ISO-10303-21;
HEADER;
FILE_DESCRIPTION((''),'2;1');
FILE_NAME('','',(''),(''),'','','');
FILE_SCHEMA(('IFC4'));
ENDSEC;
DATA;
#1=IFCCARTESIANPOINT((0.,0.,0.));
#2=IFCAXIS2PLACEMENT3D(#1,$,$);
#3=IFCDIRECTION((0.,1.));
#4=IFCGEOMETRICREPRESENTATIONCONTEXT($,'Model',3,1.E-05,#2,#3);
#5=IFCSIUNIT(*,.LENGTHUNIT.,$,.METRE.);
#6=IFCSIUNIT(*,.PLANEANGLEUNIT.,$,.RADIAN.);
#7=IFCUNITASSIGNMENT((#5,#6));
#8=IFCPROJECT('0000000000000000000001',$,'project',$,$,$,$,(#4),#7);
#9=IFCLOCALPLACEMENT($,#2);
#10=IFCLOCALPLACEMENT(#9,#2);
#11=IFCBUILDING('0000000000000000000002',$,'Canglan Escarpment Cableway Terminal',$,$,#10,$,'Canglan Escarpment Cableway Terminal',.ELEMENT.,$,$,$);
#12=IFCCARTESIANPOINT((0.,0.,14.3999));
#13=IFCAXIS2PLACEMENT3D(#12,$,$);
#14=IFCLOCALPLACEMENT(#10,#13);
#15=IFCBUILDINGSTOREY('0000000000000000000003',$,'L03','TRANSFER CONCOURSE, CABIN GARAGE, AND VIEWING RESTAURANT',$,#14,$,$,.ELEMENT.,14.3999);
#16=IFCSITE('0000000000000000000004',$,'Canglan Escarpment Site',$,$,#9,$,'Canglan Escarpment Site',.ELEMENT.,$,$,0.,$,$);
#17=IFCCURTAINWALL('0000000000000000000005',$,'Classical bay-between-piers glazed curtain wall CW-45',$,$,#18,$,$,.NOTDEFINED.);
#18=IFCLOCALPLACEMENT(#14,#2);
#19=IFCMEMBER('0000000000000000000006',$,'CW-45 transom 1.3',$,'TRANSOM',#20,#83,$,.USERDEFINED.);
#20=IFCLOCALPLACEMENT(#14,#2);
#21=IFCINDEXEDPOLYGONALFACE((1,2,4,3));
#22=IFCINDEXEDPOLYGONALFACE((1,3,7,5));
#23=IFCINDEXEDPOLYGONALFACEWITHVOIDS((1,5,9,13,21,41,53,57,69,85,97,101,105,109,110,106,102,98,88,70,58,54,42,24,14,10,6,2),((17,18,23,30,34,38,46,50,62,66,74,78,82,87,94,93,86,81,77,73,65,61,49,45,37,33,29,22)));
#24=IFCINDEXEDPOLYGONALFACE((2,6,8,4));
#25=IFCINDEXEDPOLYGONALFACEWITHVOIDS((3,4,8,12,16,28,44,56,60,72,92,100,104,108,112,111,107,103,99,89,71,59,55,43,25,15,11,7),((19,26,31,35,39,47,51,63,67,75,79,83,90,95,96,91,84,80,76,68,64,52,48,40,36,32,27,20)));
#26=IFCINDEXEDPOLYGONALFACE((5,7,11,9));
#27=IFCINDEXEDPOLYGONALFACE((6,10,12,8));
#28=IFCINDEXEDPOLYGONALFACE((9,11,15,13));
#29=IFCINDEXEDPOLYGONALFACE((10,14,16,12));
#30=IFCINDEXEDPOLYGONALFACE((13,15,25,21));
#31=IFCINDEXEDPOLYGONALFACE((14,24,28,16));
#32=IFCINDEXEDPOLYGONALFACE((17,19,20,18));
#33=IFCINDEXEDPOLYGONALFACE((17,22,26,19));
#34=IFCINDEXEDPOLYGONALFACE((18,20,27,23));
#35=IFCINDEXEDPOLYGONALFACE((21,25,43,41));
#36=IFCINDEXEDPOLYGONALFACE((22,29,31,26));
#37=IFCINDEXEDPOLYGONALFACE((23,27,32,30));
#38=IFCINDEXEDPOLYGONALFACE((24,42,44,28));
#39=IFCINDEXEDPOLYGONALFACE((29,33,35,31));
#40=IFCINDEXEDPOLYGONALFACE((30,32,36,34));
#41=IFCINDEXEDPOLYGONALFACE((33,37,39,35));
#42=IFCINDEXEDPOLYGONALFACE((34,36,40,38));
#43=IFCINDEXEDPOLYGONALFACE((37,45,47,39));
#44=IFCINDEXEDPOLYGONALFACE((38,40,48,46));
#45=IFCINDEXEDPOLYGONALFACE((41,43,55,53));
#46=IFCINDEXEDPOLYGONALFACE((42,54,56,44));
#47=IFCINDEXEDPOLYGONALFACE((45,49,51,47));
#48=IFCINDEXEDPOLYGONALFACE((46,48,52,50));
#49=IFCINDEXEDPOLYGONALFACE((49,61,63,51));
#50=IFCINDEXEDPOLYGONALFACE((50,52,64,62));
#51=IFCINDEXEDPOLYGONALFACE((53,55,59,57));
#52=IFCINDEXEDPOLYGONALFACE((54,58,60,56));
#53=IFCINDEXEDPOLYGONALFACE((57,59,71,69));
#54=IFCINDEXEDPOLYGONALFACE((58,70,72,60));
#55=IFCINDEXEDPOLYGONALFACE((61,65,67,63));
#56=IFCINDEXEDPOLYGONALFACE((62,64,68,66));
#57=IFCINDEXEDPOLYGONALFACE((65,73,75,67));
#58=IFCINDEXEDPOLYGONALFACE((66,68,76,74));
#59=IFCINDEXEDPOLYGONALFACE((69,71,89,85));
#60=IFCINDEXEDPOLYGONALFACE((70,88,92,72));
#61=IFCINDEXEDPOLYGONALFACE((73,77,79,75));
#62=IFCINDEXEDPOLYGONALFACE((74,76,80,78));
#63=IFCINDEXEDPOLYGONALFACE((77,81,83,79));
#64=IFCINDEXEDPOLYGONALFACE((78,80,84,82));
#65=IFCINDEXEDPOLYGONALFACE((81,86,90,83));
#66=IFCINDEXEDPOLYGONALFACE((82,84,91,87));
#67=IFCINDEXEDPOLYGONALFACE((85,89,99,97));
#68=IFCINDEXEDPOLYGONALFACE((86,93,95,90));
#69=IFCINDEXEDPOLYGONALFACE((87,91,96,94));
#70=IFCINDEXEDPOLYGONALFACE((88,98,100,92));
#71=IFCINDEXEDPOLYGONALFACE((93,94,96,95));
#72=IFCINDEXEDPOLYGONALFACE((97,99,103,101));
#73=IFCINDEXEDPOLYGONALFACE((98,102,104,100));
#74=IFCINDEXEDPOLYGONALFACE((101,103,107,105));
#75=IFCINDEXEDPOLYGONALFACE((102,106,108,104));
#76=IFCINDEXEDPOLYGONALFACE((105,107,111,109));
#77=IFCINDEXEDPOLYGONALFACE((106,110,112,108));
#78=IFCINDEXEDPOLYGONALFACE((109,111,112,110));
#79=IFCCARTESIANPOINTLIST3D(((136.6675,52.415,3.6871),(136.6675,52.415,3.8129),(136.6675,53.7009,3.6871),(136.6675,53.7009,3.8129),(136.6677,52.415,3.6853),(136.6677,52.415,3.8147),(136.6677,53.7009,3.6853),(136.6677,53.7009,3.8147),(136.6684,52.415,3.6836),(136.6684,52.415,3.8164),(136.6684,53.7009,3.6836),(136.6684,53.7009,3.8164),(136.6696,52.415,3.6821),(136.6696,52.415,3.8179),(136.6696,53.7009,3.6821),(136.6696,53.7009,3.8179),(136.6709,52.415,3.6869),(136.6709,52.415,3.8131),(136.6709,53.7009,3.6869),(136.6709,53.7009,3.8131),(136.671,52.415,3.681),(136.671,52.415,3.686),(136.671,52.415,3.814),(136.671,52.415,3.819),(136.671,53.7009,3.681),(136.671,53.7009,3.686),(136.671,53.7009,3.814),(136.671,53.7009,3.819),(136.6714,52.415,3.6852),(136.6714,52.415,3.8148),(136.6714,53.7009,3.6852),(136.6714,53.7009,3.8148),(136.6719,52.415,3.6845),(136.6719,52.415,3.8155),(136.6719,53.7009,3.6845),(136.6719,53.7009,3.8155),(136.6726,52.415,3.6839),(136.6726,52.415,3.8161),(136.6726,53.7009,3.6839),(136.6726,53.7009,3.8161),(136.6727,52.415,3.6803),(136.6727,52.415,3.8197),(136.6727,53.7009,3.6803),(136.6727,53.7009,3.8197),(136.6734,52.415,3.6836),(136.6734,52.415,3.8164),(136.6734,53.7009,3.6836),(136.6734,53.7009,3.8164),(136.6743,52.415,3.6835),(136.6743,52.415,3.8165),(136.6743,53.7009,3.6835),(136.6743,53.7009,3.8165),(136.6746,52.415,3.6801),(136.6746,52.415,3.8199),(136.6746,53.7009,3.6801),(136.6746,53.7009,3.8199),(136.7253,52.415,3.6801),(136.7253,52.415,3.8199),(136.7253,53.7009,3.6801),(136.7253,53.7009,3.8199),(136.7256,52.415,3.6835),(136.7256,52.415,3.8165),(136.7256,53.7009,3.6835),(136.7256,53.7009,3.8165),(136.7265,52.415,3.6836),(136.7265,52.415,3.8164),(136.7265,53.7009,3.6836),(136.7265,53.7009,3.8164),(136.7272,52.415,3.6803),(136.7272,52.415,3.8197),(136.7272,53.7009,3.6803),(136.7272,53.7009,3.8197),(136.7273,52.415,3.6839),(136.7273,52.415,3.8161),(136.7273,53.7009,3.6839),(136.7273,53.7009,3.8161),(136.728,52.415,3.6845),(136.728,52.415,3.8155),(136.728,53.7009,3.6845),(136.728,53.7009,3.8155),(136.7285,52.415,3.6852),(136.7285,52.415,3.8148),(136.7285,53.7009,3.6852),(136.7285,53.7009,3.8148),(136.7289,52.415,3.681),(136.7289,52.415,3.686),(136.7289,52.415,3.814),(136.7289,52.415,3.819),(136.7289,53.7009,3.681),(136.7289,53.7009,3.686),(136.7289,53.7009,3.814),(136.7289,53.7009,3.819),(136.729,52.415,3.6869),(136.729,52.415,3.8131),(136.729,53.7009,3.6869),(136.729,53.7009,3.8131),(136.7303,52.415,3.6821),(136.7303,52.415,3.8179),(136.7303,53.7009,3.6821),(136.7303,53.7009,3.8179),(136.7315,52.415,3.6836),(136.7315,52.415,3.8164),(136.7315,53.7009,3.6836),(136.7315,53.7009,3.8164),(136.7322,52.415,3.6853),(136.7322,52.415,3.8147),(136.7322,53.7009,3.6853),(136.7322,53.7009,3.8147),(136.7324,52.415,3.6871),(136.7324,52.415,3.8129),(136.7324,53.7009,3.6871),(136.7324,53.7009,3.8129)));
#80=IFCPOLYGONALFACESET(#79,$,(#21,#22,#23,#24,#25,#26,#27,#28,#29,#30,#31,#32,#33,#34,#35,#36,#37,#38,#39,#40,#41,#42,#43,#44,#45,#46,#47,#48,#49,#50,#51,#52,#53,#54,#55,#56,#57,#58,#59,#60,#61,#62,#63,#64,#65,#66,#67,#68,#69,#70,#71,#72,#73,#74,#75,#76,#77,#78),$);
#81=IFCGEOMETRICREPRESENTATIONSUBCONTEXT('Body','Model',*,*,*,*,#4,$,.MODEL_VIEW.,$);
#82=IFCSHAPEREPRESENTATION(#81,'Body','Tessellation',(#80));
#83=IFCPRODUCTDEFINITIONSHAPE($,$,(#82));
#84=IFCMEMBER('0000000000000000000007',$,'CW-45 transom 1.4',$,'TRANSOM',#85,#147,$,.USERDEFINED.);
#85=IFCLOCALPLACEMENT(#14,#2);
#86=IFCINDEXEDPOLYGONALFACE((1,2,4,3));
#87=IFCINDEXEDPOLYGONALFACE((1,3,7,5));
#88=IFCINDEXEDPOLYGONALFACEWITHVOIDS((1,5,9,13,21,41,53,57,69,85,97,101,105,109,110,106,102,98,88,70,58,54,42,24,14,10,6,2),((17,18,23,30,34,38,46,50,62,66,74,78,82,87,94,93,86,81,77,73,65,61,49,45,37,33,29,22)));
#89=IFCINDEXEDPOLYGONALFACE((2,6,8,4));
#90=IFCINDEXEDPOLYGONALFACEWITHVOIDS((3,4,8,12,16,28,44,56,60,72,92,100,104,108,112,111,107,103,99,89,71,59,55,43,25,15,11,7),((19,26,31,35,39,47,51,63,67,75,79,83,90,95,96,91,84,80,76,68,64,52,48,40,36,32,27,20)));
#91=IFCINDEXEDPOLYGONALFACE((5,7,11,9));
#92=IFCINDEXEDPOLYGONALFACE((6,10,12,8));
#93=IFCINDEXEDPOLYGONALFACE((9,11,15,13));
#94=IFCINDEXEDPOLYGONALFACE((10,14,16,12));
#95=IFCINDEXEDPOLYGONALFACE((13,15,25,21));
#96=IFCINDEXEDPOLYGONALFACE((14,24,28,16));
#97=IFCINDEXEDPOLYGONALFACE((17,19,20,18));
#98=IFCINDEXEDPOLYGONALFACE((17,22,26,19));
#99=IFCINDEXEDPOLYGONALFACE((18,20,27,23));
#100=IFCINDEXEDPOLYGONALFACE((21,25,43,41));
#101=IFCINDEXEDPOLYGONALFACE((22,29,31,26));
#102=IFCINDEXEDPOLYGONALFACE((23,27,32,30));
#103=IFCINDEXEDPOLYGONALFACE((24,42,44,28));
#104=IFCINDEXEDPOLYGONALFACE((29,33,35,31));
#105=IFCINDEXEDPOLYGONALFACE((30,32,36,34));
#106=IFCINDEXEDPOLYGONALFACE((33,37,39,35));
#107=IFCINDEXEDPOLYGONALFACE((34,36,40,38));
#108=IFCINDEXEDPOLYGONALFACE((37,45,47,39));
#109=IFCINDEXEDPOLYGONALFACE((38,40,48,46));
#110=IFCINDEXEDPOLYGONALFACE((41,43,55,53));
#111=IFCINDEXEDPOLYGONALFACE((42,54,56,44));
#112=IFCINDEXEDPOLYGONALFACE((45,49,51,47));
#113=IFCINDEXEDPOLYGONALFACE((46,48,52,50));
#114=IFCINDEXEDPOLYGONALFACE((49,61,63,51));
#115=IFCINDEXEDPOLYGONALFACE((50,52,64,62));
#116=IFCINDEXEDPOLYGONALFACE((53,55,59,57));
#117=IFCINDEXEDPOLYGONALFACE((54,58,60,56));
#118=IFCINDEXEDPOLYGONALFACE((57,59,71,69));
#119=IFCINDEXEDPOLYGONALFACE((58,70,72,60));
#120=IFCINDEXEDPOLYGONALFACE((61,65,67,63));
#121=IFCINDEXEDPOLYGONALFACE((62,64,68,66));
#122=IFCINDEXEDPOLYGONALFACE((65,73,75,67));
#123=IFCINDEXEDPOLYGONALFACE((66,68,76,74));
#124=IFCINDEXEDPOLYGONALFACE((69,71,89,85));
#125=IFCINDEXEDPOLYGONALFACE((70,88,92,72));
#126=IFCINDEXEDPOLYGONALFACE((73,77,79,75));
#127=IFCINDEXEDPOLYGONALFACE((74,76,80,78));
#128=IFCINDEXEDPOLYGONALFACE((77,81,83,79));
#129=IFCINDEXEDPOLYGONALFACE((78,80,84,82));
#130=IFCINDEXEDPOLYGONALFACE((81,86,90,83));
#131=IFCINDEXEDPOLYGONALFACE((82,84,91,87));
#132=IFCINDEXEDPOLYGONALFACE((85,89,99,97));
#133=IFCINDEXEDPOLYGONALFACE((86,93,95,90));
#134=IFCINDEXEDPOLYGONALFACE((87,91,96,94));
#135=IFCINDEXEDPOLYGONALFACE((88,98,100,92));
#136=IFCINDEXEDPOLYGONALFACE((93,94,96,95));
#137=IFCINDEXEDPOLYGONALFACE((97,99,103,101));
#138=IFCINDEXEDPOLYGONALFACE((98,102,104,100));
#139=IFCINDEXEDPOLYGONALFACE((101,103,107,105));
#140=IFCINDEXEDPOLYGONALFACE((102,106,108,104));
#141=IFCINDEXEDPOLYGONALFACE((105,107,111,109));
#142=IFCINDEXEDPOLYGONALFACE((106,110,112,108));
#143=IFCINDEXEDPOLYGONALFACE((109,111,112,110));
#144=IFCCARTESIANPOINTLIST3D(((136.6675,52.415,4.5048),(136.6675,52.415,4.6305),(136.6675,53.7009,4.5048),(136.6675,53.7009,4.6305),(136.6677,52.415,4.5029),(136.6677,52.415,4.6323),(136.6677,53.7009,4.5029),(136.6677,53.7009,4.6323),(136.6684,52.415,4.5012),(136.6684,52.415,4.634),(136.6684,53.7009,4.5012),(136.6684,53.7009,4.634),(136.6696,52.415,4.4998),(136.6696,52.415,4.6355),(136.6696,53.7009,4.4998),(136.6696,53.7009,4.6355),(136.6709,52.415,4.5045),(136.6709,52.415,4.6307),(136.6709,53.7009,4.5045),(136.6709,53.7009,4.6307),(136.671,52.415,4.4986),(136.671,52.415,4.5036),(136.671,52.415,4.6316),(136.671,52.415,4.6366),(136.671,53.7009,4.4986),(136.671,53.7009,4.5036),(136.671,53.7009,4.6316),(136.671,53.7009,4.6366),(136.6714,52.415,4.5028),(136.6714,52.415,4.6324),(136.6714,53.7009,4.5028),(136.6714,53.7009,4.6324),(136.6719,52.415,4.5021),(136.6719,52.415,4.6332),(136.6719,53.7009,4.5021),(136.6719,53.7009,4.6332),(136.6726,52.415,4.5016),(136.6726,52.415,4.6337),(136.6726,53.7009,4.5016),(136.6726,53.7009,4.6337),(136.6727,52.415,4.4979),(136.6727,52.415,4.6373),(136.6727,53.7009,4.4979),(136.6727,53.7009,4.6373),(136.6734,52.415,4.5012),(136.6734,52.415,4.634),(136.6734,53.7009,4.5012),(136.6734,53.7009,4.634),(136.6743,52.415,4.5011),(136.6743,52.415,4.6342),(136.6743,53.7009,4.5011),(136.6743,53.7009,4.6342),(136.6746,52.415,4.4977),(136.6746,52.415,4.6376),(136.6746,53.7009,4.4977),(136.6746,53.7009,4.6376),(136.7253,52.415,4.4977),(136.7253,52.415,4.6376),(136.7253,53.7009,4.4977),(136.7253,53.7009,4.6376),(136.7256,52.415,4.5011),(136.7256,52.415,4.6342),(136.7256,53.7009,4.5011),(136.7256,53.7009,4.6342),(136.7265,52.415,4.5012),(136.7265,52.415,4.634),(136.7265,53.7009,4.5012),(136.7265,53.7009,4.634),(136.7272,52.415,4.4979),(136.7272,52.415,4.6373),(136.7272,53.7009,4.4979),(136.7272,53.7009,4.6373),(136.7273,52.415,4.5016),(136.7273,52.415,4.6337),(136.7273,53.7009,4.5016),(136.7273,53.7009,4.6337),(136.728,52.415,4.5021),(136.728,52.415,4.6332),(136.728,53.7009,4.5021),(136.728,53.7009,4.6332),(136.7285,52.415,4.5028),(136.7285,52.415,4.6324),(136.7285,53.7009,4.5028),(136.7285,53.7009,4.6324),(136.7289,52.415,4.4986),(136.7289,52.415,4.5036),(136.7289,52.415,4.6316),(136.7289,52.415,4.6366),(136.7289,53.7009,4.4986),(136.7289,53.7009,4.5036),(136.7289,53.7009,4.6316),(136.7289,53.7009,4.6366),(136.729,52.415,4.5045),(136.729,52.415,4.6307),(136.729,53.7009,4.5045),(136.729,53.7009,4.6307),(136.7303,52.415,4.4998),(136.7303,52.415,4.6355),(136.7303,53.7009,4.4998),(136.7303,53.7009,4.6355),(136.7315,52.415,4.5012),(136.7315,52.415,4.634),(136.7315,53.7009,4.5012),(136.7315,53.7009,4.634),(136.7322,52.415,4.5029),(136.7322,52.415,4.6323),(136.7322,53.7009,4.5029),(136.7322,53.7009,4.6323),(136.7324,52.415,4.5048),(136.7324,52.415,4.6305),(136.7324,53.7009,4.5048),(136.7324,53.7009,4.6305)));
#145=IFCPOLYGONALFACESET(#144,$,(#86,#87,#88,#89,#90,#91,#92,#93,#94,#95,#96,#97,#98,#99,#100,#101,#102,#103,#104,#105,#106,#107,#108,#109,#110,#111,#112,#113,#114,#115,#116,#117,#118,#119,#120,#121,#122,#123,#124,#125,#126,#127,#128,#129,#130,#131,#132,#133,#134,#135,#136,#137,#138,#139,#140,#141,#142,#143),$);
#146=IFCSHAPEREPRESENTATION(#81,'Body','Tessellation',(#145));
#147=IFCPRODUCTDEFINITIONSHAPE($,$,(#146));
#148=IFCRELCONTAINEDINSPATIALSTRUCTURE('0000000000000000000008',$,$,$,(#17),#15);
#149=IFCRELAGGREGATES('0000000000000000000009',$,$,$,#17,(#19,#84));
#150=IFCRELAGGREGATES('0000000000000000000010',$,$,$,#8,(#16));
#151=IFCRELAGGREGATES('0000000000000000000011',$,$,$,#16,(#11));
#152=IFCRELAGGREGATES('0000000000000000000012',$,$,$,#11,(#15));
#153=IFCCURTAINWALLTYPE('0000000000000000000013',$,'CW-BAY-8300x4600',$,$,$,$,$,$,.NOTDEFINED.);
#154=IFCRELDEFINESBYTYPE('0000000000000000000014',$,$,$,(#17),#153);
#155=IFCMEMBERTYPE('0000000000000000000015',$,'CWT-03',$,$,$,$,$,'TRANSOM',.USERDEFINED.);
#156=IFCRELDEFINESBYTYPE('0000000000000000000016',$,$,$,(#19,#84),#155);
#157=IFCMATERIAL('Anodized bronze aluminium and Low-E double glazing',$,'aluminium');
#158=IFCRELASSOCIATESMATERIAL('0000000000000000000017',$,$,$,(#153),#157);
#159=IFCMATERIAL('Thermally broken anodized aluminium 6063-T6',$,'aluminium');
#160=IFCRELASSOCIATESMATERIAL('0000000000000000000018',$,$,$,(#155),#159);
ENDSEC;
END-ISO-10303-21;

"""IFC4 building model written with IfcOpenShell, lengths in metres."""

from ifc_helpers import new_model, si_unit, direction, frame, origin, origin_2d, place, context, subcontext, project, spatial, hollow_rectangle, extrude, material, material_profile, profile_set, type_object, element, aggregate, save


model = new_model("IFC4")

# Units and contexts
model_context = context("Model", 3, precision=1e-05, world=origin(), true_north=direction((0.0, 1.0)))
body_context = subcontext(model_context, "Body", "Model", "MODEL_VIEW")
ifc_project = project(units=[si_unit("LENGTHUNIT", "METRE"), si_unit("PLANEANGLEUNIT", "RADIAN")], contexts=[model_context])

# Site, building, storey
site_placement = place(None, origin())
site = spatial("IfcSite", under=ifc_project, at=site_placement, Name="Canglan Escarpment Site", LongName="Canglan Escarpment Site", CompositionType="ELEMENT", RefElevation=0.0)
building_placement = place(site_placement, origin())
building = spatial("IfcBuilding", under=site, at=building_placement, Name="Canglan Escarpment Cableway Terminal", LongName="Canglan Escarpment Cableway Terminal", CompositionType="ELEMENT")
storey_placement = place(building_placement, frame((0.0, 0.0, 14.3999)))
storey = spatial("IfcBuildingStorey", under=building, at=storey_placement, Name="L03", Description="TRANSFER CONCOURSE, CABIN GARAGE, AND VIEWING RESTAURANT", CompositionType="ELEMENT", Elevation=14.3999)

# Curtain wall, members
ifc_material_1 = material(Name="Anodized bronze aluminium and Low-E double glazing", Category="aluminium")
curtain_wall_type = type_object("IfcCurtainWallType", Name="CW-BAY-8300x4600", PredefinedType="NOTDEFINED", material=ifc_material_1)
curtain_wall_placement = place(storey_placement, origin())
curtain_wall = element("IfcCurtainWall", 1, at=curtain_wall_placement, inside=storey, type_object=curtain_wall_type, Name="Classical bay-between-piers glazed curtain wall CW-45", PredefinedType="NOTDEFINED")
ifc_material_2 = material(Name="Thermally broken anodized aluminium 6063-T6", Category="aluminium")
ifc_material_profile_1 = material_profile(ifc_material_2, hollow_rectangle(XDim=0.0649, YDim=0.1399, WallThickness=0.0034, InnerFilletRadius=0.0034, OuterFilletRadius=0.0071, at=origin_2d()), Name="ALU-TRAN 65x140x3.5")
ifc_profile_set_1 = profile_set([ifc_material_profile_1], Name="Thermally broken anodized aluminium 6063-T6")
member_type_1 = type_object("IfcMemberType", Name="CWT-03", ElementType="TRANSOM", PredefinedType="USERDEFINED", material=ifc_profile_set_1)
member_1_placement = place(storey_placement, frame((136.7, 52.415, 3.75), z_axis=(0.0, 1.0, 0.0), x_axis=(-1.0, 0.0, 0.0)))
member_1 = element("IfcMember", 2, at=member_1_placement, type_object=member_type_1, Name="CW-45 transom 1.3", ObjectType="TRANSOM", PredefinedType="USERDEFINED", context=body_context, shape_type="SweptSolid", body=[
    extrude(hollow_rectangle(XDim=0.0649, YDim=0.1399, WallThickness=0.0034, InnerFilletRadius=0.0034, OuterFilletRadius=0.0071, at=origin_2d()), origin(), (0.0, 0.0, 1.0), 1.2859),
])
member_2_placement = place(storey_placement, frame((136.7, 52.415, 4.5676), z_axis=(0.0, 1.0, 0.0), x_axis=(-1.0, 0.0, 0.0)))
member_2 = element("IfcMember", 3, at=member_2_placement, type_object=member_type_1, Name="CW-45 transom 1.4", ObjectType="TRANSOM", PredefinedType="USERDEFINED", context=body_context, shape_type="SweptSolid", body=[
    extrude(hollow_rectangle(XDim=0.0649, YDim=0.1399, WallThickness=0.0034, InnerFilletRadius=0.0034, OuterFilletRadius=0.0071, at=origin_2d()), origin(), (0.0, 0.0, 1.0), 1.2859),
])

aggregate(curtain_wall, [member_1, member_2])

save(model, "model.ifc")
